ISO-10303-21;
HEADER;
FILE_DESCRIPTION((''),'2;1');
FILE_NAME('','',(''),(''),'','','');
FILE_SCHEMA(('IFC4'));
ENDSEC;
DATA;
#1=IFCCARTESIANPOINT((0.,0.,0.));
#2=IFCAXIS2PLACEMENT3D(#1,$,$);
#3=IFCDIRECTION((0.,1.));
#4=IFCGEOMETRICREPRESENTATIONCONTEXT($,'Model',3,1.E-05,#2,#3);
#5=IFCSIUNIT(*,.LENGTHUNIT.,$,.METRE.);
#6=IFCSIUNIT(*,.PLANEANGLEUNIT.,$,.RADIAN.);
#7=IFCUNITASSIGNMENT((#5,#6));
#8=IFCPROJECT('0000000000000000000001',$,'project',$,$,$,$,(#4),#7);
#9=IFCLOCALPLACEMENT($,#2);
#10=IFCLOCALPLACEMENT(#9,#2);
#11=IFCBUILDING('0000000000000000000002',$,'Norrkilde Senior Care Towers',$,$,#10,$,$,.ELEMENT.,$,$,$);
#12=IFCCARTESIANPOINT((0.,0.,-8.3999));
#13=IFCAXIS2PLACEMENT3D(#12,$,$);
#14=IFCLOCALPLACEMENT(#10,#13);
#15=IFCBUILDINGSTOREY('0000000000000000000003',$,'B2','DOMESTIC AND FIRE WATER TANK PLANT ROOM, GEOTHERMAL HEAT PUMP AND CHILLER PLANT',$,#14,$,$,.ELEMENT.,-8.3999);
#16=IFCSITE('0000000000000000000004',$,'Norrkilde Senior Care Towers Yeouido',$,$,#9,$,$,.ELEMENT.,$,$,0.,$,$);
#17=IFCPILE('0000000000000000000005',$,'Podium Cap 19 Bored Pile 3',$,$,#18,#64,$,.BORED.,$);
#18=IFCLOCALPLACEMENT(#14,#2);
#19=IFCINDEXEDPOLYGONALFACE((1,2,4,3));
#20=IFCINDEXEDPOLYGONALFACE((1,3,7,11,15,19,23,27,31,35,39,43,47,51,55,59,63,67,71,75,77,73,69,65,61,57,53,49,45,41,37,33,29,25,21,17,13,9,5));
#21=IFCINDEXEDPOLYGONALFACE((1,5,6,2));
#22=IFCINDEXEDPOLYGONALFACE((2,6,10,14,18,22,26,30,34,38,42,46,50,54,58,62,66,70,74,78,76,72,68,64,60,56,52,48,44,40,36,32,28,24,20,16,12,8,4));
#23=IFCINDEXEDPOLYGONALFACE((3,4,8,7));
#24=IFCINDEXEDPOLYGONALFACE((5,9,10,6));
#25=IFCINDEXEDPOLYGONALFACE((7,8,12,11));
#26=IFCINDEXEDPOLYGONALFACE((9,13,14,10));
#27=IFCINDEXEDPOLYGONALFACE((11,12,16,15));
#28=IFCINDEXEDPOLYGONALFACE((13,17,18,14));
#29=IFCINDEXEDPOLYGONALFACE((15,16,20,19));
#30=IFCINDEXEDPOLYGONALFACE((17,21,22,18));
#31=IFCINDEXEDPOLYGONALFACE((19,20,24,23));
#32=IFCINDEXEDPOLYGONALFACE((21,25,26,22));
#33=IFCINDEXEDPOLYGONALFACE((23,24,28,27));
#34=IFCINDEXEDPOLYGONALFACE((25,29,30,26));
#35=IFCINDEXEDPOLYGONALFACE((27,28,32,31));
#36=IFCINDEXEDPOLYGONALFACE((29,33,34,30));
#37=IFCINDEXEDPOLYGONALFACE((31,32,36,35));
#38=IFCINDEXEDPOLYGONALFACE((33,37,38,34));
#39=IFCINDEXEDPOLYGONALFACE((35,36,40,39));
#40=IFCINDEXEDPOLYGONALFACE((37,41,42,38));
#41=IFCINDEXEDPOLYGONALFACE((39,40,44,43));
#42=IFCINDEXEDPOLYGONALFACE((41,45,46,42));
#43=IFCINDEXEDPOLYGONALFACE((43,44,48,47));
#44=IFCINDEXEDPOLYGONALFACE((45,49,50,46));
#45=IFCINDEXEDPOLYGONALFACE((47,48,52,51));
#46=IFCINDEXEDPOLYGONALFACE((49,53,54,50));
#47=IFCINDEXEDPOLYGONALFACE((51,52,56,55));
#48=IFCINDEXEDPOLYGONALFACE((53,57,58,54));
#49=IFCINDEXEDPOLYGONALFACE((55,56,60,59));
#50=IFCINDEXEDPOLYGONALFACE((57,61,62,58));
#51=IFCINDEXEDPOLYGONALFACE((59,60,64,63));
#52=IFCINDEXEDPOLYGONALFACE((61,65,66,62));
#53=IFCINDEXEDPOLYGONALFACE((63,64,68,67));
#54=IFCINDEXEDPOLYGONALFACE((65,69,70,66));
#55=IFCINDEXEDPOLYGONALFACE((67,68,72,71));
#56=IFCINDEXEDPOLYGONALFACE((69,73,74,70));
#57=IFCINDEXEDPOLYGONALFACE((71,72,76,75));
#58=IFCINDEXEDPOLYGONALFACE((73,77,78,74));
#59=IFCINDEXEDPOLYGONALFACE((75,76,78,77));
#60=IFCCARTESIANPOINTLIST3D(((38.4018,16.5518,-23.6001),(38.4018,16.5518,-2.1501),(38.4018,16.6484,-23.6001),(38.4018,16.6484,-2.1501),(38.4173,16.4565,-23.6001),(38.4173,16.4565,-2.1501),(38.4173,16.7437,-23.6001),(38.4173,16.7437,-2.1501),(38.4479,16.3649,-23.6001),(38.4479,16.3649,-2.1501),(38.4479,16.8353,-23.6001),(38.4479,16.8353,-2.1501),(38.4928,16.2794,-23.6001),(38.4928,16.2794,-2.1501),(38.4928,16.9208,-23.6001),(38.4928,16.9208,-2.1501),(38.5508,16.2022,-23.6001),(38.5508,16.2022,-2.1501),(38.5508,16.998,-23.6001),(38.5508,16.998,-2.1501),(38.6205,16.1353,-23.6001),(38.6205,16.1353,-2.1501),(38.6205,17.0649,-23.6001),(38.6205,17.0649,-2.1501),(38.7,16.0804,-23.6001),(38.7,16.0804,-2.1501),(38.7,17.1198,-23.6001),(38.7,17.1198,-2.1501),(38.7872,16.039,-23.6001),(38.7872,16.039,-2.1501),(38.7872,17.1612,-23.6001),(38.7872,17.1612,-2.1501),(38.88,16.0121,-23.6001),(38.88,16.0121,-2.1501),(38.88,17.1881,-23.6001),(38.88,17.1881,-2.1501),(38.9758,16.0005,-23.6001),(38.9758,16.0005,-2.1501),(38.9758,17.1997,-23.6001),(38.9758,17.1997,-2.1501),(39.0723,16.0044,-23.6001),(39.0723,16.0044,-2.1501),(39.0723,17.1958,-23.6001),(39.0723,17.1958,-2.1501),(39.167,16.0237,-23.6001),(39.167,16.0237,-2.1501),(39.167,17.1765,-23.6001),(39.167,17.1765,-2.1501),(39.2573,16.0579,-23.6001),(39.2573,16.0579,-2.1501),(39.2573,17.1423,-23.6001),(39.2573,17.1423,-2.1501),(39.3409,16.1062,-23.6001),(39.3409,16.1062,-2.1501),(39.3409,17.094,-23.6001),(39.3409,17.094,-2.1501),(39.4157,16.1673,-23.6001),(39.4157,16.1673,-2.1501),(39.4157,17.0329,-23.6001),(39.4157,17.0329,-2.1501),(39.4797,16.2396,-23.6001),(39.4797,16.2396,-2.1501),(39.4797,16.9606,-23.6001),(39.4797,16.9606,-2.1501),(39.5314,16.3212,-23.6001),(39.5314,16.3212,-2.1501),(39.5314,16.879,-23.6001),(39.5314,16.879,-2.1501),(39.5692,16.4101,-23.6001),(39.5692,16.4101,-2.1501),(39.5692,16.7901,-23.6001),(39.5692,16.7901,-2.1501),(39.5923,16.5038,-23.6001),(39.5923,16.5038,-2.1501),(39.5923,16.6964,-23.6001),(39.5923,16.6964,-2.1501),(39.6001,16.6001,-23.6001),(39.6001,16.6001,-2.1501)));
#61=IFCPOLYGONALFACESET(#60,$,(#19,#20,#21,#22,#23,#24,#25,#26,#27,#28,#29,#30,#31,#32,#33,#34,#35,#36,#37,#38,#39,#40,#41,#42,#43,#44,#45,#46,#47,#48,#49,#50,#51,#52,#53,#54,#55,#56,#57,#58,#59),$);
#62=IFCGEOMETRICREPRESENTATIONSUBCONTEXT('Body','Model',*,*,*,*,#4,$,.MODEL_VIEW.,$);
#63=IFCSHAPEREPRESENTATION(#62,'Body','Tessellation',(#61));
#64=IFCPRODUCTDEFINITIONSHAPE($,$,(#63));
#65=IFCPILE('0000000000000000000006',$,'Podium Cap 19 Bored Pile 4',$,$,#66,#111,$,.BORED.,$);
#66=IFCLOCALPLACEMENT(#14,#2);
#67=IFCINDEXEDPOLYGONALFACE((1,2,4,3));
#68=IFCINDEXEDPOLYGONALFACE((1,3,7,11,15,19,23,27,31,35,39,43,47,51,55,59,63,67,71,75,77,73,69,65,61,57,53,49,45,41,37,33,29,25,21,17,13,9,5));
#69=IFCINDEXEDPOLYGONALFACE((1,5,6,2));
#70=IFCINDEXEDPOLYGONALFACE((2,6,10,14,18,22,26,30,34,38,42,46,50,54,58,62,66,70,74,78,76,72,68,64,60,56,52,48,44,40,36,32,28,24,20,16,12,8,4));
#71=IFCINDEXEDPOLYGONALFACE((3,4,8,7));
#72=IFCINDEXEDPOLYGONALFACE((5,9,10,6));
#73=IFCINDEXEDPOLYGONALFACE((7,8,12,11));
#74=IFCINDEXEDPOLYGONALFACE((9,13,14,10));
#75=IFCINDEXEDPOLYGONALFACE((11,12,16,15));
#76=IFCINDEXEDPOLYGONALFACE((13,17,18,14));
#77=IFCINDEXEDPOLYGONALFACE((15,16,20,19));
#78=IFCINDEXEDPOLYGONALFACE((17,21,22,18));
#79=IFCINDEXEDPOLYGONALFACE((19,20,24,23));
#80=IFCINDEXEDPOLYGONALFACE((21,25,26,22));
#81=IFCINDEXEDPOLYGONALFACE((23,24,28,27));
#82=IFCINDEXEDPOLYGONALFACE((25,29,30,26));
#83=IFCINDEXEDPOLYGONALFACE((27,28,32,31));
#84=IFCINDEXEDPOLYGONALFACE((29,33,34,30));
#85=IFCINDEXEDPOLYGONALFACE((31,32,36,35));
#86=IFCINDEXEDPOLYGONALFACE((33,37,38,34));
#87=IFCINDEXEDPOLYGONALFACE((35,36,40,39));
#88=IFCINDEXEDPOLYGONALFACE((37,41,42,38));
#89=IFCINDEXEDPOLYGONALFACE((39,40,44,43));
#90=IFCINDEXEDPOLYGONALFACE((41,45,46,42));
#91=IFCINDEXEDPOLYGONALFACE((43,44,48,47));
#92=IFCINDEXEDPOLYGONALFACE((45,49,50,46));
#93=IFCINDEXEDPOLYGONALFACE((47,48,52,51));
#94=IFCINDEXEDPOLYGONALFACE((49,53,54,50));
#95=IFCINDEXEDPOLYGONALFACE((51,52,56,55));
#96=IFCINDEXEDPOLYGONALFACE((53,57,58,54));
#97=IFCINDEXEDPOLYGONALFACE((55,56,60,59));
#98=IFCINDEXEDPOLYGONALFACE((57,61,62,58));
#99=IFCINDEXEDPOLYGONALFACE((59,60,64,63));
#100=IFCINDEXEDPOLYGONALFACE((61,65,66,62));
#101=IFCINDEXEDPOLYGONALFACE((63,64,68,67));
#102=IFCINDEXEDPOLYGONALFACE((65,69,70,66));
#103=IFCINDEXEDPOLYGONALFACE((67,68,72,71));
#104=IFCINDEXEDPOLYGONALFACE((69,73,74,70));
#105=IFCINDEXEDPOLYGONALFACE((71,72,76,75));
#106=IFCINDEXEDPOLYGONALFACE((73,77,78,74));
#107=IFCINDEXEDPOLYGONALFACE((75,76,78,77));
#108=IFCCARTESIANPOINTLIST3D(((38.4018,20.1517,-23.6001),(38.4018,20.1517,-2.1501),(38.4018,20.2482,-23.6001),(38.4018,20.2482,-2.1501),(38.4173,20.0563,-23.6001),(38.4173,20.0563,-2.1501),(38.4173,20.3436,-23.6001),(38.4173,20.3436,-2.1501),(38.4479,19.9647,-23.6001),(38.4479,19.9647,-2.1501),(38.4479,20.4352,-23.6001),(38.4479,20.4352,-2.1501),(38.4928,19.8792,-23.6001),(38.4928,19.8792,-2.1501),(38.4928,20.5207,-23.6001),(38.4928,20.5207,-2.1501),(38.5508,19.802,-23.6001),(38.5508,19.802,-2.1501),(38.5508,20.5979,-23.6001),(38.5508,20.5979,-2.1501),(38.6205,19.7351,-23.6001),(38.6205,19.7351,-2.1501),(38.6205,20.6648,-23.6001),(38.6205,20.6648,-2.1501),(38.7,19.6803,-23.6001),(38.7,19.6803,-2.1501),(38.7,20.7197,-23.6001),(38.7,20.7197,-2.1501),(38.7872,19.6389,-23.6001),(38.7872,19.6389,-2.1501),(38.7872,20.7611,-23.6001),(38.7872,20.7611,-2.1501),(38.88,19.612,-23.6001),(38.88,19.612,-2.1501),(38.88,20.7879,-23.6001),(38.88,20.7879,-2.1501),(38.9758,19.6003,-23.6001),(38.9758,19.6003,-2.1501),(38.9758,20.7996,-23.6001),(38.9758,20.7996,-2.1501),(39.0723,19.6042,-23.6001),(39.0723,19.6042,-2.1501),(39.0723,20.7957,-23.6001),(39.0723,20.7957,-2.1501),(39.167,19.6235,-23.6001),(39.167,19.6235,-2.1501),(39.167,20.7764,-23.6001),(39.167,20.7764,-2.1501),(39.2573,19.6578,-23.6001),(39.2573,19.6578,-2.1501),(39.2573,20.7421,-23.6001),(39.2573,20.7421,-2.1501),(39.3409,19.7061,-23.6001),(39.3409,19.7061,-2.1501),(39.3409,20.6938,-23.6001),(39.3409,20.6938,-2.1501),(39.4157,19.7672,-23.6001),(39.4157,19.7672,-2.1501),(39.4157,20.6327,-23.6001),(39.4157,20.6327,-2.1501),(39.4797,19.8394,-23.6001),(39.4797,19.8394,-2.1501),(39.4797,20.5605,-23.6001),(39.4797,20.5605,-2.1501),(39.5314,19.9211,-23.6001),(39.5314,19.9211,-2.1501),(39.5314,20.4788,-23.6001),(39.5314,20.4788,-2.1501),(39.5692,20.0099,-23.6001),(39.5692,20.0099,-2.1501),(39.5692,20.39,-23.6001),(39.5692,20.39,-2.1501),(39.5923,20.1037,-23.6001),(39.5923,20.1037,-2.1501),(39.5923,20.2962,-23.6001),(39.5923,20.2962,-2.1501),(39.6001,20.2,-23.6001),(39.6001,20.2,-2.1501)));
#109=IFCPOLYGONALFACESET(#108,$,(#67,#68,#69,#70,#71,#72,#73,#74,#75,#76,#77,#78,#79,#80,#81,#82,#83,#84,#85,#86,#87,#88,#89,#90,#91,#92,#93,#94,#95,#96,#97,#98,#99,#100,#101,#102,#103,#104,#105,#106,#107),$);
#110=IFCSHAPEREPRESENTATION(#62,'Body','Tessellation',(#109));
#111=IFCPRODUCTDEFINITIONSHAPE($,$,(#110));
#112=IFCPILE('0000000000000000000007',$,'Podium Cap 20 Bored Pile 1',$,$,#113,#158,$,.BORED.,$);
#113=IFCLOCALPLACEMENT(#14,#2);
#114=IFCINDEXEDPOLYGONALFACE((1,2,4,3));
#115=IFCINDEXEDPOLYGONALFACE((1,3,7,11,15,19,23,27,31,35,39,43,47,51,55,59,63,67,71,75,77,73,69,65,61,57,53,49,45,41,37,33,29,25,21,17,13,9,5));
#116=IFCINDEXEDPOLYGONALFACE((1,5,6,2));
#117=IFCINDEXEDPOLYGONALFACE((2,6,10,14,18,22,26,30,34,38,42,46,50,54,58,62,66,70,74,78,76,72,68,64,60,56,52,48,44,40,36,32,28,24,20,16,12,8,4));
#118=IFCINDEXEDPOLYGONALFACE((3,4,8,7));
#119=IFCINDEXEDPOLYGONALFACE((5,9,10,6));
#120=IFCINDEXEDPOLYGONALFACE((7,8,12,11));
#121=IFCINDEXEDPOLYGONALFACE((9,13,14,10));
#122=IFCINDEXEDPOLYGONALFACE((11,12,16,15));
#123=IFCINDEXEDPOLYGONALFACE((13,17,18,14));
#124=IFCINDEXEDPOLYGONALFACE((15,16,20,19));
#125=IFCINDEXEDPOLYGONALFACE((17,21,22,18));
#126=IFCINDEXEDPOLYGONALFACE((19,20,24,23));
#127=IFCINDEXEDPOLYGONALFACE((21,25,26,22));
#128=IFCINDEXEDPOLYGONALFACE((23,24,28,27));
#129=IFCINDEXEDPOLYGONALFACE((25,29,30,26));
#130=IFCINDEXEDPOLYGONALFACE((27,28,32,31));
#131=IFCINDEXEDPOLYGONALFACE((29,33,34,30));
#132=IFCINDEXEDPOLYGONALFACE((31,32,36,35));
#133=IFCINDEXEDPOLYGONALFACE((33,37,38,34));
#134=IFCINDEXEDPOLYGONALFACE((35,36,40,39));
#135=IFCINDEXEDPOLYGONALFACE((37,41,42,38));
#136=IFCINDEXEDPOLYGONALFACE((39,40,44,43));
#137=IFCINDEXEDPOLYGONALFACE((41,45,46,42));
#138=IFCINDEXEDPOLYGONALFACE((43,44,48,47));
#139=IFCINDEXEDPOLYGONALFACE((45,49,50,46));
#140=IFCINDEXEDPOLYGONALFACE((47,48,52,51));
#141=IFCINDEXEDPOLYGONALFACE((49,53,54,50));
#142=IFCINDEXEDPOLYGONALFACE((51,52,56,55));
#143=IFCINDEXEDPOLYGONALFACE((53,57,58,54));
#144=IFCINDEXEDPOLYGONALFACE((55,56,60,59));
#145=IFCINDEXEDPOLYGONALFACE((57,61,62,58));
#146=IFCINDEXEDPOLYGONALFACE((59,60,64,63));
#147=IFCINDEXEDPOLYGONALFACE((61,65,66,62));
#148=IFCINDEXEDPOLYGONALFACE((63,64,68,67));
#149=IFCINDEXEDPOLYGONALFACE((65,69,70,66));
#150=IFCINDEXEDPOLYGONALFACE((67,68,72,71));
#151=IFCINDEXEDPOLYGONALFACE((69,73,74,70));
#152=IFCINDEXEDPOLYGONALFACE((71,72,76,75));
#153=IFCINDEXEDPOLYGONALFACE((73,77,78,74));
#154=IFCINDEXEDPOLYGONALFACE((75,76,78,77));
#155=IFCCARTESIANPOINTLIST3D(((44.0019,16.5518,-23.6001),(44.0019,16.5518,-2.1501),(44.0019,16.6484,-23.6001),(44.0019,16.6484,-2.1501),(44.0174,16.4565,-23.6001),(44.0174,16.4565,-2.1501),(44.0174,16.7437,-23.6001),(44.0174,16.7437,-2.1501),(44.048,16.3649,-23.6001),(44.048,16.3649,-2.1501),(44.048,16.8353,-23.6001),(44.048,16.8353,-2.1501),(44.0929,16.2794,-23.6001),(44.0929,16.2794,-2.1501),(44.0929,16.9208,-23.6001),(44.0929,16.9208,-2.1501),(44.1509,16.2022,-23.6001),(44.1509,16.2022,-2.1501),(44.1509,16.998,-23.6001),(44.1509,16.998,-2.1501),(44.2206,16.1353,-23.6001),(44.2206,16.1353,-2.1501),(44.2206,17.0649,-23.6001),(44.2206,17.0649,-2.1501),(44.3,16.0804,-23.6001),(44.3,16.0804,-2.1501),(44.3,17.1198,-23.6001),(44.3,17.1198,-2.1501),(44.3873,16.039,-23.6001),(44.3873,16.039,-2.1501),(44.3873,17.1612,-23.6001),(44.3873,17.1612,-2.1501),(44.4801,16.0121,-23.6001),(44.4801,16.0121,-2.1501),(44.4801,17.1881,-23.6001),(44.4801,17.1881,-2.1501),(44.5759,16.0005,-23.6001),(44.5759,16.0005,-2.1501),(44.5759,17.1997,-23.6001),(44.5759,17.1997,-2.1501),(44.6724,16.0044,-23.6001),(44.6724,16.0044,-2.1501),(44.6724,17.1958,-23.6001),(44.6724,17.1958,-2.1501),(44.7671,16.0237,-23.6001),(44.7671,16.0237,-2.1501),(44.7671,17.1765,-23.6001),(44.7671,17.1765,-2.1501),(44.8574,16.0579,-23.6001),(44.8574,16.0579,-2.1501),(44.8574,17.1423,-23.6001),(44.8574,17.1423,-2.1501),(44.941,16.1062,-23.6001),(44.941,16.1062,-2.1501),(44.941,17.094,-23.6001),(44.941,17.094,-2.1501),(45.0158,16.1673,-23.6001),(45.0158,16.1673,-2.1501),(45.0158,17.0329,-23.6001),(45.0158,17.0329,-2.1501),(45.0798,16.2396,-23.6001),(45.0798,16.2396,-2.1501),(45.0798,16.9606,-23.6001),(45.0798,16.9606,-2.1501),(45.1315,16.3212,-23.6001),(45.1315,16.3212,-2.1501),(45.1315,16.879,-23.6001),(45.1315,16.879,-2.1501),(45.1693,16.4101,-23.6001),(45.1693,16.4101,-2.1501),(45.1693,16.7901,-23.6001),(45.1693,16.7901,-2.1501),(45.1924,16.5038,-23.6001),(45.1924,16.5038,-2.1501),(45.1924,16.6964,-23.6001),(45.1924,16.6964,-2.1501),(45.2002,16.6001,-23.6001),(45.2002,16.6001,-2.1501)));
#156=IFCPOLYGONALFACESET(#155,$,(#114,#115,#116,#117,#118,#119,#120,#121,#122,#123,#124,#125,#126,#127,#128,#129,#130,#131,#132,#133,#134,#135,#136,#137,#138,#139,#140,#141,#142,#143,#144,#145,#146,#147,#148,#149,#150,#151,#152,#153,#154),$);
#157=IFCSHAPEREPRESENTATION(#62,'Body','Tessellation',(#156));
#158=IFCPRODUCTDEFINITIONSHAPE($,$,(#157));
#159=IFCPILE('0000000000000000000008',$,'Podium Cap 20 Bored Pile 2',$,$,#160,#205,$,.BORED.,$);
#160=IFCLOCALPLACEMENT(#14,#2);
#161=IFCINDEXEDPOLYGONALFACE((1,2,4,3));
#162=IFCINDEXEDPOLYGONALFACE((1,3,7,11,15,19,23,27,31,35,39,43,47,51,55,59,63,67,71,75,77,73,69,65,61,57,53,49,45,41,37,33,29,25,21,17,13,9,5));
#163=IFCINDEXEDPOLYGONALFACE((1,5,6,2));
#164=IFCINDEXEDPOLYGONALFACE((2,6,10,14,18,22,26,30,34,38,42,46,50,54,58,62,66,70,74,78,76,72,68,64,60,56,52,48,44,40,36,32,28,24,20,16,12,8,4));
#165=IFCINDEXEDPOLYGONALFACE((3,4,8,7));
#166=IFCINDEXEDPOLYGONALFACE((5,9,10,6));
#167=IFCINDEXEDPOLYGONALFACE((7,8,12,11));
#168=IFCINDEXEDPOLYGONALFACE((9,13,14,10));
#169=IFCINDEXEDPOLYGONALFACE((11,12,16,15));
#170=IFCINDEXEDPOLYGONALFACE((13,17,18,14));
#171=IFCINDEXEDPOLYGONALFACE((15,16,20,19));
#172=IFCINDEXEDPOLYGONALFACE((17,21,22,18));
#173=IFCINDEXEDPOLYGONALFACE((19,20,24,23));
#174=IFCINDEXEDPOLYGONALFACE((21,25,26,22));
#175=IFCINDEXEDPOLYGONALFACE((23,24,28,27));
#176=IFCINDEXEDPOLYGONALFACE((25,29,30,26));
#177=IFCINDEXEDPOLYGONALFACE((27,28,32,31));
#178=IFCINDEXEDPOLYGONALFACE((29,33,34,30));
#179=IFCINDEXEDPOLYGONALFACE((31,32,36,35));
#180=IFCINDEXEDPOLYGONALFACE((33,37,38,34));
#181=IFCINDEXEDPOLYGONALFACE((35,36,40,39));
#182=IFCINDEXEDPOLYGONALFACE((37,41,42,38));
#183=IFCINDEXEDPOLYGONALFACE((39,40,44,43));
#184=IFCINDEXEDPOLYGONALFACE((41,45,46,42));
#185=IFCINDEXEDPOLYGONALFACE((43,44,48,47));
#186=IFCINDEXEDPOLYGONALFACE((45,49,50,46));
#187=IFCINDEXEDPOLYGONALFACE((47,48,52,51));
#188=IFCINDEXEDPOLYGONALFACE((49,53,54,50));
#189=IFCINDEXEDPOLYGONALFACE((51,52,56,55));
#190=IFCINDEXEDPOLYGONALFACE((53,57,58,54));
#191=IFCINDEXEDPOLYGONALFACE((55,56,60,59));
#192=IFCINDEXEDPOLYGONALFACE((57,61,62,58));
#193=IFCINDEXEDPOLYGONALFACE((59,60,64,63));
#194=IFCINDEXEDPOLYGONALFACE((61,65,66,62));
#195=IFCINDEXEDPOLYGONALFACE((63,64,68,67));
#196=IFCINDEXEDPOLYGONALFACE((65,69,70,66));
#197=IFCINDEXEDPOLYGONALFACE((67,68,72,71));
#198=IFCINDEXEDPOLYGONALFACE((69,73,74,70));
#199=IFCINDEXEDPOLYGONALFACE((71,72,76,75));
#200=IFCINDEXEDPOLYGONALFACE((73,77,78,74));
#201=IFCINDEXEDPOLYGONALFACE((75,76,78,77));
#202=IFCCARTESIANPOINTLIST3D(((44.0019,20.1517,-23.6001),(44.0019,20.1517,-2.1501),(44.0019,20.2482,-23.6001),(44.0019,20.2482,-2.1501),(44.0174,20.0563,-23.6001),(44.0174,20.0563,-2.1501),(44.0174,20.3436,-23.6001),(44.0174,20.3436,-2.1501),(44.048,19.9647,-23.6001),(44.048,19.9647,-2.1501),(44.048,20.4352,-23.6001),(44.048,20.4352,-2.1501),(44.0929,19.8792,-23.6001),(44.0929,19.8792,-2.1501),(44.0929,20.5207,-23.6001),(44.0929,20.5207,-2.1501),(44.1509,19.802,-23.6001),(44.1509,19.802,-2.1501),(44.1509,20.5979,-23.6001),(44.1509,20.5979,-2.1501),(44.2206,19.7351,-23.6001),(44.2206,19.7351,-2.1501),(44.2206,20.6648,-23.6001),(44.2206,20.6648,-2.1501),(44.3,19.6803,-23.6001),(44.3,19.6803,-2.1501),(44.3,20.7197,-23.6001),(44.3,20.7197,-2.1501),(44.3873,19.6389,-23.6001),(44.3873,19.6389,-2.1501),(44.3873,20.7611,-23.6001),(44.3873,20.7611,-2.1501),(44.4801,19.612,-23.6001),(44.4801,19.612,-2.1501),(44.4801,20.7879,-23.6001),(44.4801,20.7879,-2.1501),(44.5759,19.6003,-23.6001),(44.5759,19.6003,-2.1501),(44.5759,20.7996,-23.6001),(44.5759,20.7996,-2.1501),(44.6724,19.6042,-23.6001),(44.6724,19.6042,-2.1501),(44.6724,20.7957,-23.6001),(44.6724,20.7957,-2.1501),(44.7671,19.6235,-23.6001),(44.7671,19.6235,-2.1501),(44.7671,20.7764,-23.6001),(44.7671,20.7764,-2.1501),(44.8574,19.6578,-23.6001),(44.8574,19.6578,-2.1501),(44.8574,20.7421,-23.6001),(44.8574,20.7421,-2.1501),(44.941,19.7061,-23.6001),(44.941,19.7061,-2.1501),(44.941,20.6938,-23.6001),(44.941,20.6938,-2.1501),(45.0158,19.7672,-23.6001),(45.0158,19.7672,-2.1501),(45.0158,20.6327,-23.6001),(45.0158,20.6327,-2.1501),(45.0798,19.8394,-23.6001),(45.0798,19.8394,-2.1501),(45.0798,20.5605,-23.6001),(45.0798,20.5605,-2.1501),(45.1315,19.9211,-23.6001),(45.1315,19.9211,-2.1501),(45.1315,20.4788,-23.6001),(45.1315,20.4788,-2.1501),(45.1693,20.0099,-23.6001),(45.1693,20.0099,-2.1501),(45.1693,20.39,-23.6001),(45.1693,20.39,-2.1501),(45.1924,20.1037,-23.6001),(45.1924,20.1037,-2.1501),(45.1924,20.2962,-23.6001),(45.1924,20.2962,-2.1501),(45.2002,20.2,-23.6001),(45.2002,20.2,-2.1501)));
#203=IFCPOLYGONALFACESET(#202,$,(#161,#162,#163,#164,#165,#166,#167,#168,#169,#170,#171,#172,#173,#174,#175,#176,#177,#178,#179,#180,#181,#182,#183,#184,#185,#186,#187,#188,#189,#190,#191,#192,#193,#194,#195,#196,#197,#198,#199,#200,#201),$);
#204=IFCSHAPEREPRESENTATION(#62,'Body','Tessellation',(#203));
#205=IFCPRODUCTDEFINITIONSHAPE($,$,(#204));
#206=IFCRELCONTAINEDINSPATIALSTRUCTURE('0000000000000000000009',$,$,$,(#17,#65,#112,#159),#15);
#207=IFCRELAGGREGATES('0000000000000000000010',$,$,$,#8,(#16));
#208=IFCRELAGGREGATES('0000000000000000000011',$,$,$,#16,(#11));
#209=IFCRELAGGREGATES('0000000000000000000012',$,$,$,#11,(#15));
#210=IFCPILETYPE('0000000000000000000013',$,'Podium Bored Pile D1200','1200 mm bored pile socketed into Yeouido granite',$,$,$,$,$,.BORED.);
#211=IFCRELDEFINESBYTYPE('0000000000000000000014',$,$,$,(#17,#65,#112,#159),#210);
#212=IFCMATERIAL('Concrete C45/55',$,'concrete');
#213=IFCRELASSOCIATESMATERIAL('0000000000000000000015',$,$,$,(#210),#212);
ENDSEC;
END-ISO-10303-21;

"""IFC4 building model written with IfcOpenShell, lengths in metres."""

from ifc_helpers import new_model, si_unit, direction, frame, origin, origin_2d, place, context, subcontext, project, spatial, circle, extrude, source, transform, mapped, material, material_profile, profile_set, type_object, element, save


model = new_model("IFC4")

# Units and contexts
model_context = context("Model", 3, precision=1e-05, world=origin(), true_north=direction((0.0, 1.0)))
body_context = subcontext(model_context, "Body", "Model", "MODEL_VIEW")
ifc_project = project(units=[si_unit("LENGTHUNIT", "METRE"), si_unit("PLANEANGLEUNIT", "RADIAN")], contexts=[model_context])

# Site, building, storey
site_placement = place(None, origin())
site = spatial("IfcSite", under=ifc_project, at=site_placement, Name="Norrkilde Senior Care Towers Yeouido", CompositionType="ELEMENT", RefElevation=0.0)
building_placement = place(site_placement, origin())
building = spatial("IfcBuilding", under=site, at=building_placement, Name="Norrkilde Senior Care Towers", CompositionType="ELEMENT")
storey_placement = place(building_placement, frame((0.0, 0.0, -8.3999)))
storey = spatial("IfcBuildingStorey", under=building, at=storey_placement, Name="B2", Description="DOMESTIC AND FIRE WATER TANK PLANT ROOM, GEOTHERMAL HEAT PUMP AND CHILLER PLANT", CompositionType="ELEMENT", Elevation=-8.3999)

# Piles
ifc_material_1 = material(Name="Concrete C45/55", Category="concrete")
ifc_material_profile_1 = material_profile(ifc_material_1, circle(Radius=0.6001, at=origin_2d()), Name="BORED PILE 1200")
ifc_profile_set_1 = profile_set([ifc_material_profile_1], Name="Concrete C45/55")
pile_type_1 = type_object("IfcPileType", Name="Podium Bored Pile D1200", Description="1200 mm bored pile socketed into Yeouido granite", PredefinedType="BORED", material=ifc_profile_set_1)
shared_shape_1 = source(origin(), body_context, "Body", "SweptSolid", [
    extrude(circle(Radius=0.6001, at=origin_2d()), origin(), (0.0, 0.0, 1.0), 21.45),
])
for number, where, z_axis, x_axis, name in (
    (1, (39.0, 16.6001, -2.1501), (0.0, 0.0, -1.0), (1.0, 0.0, 0.0), "Podium Cap 19 Bored Pile 3"),
    (2, (39.0, 20.2, -2.1501), (0.0, 0.0, -1.0), (1.0, 0.0, 0.0), "Podium Cap 19 Bored Pile 4"),
    (3, (44.6001, 16.6001, -2.1501), (0.0, 0.0, -1.0), (1.0, 0.0, 0.0), "Podium Cap 20 Bored Pile 1"),
    (4, (44.6001, 20.2, -2.1501), (0.0, 0.0, -1.0), (1.0, 0.0, 0.0), "Podium Cap 20 Bored Pile 2"),
):
    element("IfcPile", number, at=place(storey_placement, frame(where, z_axis=z_axis, x_axis=x_axis)), inside=storey, type_object=pile_type_1, Name=name, PredefinedType="BORED", context=body_context, shape_type="MappedRepresentation", body=[
        mapped(shared_shape_1, transform((0.0, 0.0, 0.0), x_axis=(1.0, 0.0, 0.0), y_axis=(0.0, 1.0, 0.0), z_axis=(0.0, 0.0, 1.0), scale=1.0)),
    ])

save(model, "model.ifc")
